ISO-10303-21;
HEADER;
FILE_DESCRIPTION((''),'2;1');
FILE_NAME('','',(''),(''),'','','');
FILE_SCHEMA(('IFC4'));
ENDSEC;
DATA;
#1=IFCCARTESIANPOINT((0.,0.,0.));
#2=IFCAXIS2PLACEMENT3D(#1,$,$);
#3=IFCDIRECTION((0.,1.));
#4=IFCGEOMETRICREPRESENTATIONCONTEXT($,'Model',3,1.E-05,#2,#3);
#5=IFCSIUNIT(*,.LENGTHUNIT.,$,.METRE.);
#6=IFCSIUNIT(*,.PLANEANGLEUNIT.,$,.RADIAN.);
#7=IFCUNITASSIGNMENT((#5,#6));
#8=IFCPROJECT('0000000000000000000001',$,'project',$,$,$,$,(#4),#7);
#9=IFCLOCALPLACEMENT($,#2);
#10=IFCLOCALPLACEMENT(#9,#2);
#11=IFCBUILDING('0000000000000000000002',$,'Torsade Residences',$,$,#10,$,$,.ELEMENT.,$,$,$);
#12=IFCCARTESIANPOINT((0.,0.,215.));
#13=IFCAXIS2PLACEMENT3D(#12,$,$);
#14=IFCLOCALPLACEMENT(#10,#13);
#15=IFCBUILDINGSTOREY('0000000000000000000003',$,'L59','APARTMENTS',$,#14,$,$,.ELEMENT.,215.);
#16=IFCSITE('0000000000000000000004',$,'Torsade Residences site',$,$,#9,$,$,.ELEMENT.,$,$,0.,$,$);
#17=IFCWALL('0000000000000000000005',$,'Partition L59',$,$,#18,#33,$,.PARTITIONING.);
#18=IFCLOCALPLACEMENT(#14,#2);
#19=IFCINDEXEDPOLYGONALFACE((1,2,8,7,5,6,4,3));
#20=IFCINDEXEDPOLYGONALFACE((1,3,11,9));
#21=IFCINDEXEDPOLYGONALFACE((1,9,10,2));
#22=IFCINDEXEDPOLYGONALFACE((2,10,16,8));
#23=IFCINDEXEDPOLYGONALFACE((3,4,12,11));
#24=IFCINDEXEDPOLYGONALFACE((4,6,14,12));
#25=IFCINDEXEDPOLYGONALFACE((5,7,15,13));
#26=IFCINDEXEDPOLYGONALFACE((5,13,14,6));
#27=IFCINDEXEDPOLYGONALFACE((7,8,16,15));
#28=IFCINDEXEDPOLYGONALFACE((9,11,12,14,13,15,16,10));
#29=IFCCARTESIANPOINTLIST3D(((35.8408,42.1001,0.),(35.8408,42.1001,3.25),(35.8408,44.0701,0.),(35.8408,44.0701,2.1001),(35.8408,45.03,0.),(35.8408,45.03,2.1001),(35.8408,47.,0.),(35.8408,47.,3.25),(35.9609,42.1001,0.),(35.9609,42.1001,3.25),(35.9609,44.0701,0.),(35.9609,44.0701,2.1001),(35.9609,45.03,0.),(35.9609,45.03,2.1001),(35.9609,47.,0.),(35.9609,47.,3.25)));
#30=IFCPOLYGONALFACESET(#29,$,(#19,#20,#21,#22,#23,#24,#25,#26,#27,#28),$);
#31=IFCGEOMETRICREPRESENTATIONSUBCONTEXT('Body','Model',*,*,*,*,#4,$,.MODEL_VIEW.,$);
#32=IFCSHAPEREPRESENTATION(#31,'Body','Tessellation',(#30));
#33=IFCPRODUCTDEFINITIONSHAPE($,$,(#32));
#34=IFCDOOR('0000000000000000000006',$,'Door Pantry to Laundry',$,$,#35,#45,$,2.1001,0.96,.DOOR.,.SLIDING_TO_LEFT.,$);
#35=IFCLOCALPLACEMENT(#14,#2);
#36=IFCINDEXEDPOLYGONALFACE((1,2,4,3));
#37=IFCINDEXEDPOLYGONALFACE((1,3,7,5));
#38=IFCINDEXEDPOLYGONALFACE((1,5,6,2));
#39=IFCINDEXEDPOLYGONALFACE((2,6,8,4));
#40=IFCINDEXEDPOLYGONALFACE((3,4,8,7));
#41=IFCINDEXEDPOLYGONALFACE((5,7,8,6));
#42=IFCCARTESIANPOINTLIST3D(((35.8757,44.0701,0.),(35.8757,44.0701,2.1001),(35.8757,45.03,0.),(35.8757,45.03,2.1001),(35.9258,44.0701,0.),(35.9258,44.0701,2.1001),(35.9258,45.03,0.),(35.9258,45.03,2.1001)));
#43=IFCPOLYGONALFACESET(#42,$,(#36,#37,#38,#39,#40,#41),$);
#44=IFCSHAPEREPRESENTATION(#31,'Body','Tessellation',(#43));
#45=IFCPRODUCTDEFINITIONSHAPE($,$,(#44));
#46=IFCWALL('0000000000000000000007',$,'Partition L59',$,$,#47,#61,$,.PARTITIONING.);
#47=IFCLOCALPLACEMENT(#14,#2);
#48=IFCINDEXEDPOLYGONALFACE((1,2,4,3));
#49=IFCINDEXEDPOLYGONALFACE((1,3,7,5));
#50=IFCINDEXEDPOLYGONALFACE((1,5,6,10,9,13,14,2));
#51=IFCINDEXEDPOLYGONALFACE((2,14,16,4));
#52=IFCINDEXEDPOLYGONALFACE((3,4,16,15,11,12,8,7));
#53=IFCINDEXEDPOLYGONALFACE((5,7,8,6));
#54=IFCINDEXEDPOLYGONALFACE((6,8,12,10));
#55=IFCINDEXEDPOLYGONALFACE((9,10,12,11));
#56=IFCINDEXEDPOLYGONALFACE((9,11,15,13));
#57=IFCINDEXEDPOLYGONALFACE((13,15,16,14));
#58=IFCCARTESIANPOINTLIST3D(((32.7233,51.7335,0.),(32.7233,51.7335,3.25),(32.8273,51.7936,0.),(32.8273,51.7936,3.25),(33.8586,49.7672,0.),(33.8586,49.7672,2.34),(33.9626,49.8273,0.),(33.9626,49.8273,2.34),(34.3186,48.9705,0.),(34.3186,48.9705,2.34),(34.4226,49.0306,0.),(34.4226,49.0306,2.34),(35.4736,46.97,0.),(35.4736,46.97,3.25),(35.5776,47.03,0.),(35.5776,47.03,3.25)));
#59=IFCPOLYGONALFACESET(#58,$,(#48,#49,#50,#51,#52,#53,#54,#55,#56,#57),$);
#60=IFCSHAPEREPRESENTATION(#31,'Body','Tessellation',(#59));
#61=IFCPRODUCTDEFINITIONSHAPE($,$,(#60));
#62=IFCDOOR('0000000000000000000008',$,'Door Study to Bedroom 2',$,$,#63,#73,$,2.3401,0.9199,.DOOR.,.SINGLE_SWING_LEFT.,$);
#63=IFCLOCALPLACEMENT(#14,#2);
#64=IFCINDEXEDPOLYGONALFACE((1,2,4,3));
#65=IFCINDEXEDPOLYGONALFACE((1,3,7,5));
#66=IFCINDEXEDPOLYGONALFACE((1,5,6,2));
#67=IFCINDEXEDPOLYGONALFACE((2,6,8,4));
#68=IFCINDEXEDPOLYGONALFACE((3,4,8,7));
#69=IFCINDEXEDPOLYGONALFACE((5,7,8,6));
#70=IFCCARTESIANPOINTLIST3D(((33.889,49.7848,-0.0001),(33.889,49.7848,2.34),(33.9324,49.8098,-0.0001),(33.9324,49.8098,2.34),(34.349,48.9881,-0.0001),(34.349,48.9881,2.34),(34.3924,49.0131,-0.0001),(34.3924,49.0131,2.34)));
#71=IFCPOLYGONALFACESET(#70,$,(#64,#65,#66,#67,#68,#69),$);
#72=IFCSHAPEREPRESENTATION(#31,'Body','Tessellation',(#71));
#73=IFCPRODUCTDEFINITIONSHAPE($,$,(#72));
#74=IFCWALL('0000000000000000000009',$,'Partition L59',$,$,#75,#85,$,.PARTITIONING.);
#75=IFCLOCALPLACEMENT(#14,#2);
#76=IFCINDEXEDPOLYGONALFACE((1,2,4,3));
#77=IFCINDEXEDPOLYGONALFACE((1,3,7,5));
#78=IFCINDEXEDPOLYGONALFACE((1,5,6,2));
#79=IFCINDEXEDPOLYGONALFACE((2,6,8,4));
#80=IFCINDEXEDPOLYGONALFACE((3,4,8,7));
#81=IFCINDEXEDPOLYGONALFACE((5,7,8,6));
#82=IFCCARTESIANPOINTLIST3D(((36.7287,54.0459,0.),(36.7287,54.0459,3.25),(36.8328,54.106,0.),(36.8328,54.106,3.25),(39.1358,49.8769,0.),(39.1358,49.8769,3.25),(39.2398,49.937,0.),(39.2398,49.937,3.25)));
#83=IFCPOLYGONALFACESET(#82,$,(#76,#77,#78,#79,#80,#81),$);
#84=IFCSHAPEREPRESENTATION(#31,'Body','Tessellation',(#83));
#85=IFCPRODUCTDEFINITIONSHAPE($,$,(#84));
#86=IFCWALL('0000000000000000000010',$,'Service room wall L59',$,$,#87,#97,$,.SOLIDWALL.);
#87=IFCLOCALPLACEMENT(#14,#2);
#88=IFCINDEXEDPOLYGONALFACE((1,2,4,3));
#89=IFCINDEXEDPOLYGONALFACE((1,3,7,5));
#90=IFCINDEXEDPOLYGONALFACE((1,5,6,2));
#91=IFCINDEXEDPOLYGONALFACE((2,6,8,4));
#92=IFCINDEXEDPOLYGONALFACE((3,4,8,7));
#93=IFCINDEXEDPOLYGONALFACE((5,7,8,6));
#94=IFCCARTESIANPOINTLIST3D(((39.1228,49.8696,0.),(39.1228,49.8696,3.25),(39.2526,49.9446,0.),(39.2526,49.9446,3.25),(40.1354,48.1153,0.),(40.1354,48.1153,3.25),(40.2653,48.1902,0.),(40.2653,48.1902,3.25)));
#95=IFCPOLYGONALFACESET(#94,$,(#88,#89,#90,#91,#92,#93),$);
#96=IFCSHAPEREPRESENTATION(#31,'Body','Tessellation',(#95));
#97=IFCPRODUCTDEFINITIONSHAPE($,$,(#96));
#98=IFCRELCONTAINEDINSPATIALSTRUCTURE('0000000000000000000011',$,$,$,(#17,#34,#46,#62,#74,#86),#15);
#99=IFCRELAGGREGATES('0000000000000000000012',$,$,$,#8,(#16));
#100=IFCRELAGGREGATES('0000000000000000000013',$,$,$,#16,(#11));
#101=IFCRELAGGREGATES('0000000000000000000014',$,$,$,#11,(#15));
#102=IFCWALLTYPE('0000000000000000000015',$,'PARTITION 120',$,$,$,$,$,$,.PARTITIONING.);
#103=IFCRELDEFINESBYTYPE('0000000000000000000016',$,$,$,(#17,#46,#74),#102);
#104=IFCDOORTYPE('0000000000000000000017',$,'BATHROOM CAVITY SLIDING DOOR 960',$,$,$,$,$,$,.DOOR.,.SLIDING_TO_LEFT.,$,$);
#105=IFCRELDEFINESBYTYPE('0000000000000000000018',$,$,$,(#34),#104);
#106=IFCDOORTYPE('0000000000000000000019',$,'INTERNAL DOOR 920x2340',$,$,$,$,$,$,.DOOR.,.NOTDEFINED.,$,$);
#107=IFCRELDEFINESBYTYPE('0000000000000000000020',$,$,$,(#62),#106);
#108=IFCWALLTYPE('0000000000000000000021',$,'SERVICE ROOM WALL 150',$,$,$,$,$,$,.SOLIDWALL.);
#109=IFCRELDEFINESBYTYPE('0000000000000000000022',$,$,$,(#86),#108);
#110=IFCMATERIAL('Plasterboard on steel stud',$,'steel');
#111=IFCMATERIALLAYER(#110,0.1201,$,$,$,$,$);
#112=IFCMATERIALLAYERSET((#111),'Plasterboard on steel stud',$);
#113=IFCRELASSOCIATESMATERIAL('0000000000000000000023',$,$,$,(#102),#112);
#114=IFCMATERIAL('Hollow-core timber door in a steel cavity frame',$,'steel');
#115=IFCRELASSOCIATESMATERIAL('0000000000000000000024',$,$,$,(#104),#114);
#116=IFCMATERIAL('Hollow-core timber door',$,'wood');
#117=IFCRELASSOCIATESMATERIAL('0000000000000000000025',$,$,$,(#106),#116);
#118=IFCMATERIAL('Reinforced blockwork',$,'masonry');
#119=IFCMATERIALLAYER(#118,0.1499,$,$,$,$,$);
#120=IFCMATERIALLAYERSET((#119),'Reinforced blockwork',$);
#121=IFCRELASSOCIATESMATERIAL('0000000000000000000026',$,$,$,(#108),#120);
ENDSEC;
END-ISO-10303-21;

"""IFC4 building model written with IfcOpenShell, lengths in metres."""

from ifc_helpers import new_model, si_unit, direction, frame, frame_2d, origin, place, context, subcontext, project, spatial, rectangle, extrude, material, layer, layer_set, type_object, element, fill, save


model = new_model("IFC4")

# Units and contexts
model_context = context("Model", 3, precision=1e-05, world=origin(), true_north=direction((0.0, 1.0)))
body_context = subcontext(model_context, "Body", "Model", "MODEL_VIEW")
ifc_project = project(units=[si_unit("LENGTHUNIT", "METRE"), si_unit("PLANEANGLEUNIT", "RADIAN")], contexts=[model_context])

# Site, building, storey
site_placement = place(None, origin())
site = spatial("IfcSite", under=ifc_project, at=site_placement, Name="Torsade Residences site", CompositionType="ELEMENT", RefElevation=0.0)
building_placement = place(site_placement, origin())
building = spatial("IfcBuilding", under=site, at=building_placement, Name="Torsade Residences", CompositionType="ELEMENT")
storey_placement = place(building_placement, frame((0.0, 0.0, 215.0)))
storey = spatial("IfcBuildingStorey", under=building, at=storey_placement, Name="L59", Description="APARTMENTS", CompositionType="ELEMENT", Elevation=215.0)

# Walls, openings, doors
ifc_material_1 = material(Name="Plasterboard on steel stud", Category="steel")
ifc_layer_1 = layer(ifc_material_1, 0.1201)
ifc_layer_set_1 = layer_set([ifc_layer_1], Name="Plasterboard on steel stud")
wall_type_1 = type_object("IfcWallType", Name="PARTITION 120", PredefinedType="PARTITIONING", material=ifc_layer_set_1)
wall_1_placement = place(storey_placement, frame((35.9009, 47.0, 0.0), z_axis=(0.0, 0.0, 1.0), x_axis=(0.0, -1.0, 0.0)))
wall_1 = element("IfcWall", 1, at=wall_1_placement, inside=storey, type_object=wall_type_1, Name="Partition L59", PredefinedType="PARTITIONING", context=body_context, shape_type="SweptSolid", body=[
    extrude(rectangle(XDim=4.8999, YDim=0.1201, at=frame_2d((2.45, 0.0))), origin(), (0.0, 0.0, 1.0), 3.25),
])
opening_1_placement = place(wall_1_placement, frame((1.97, 0.0, 0.0)))
opening_1 = element("IfcOpeningElement", 2, at=opening_1_placement, cuts=wall_1, PredefinedType="OPENING", context=body_context, shape_type="SweptSolid", body=[
    extrude(rectangle(XDim=0.96, YDim=2.1001, at=frame_2d((0.48, 1.05))), frame((0.0, 0.0701, 0.0), z_axis=(0.0, -1.0, 0.0), x_axis=(1.0, 0.0, 0.0)), (0.0, 0.0, 1.0), 0.1401),
])
ifc_material_2 = material(Name="Hollow-core timber door in a steel cavity frame", Category="steel")
door_type_1 = type_object("IfcDoorType", Name="BATHROOM CAVITY SLIDING DOOR 960", OperationType="SLIDING_TO_LEFT", PredefinedType="DOOR", material=ifc_material_2)
door_1_placement = place(opening_1_placement, origin())
door_1 = element("IfcDoor", 3, at=door_1_placement, inside=storey, type_object=door_type_1, Name="Door Pantry to Laundry", OperationType="SLIDING_TO_LEFT", OverallHeight=2.1001, OverallWidth=0.96, PredefinedType="DOOR", context=body_context, shape_type="SweptSolid", body=[
    extrude(rectangle(XDim=0.96, YDim=2.1001, at=frame_2d((0.48, 1.05))), frame((0.0, 0.0249, 0.0), z_axis=(0.0, -1.0, 0.0), x_axis=(1.0, 0.0, 0.0)), (0.0, 0.0, 1.0), 0.05),
])
fill(opening_1, door_1)
wall_2_placement = place(storey_placement, frame((35.5256, 47.0, 0.0), z_axis=(0.0, 0.0, 1.0), x_axis=(-0.500011, 0.866019, 0.0)))
wall_2 = element("IfcWall", 4, at=wall_2_placement, inside=storey, type_object=wall_type_1, Name="Partition L59", PredefinedType="PARTITIONING", context=body_context, shape_type="SweptSolid", body=[
    extrude(rectangle(XDim=5.5005, YDim=0.1201, at=frame_2d((2.7502, 0.0))), origin(), (0.0, 0.0, 1.0), 3.25),
])
opening_2_placement = place(wall_2_placement, frame((2.3101, 0.0, 0.0)))
opening_2 = element("IfcOpeningElement", 5, at=opening_2_placement, cuts=wall_2, PredefinedType="OPENING", context=body_context, shape_type="SweptSolid", body=[
    extrude(rectangle(XDim=0.9199, YDim=2.3401, at=frame_2d((0.46, 1.1699))), frame((0.0, 0.0701, 0.0), z_axis=(0.0, -1.0, 0.0), x_axis=(1.0, 0.0, 0.0)), (0.0, 0.0, 1.0), 0.1401),
])
ifc_material_3 = material(Name="Hollow-core timber door", Category="wood")
door_type_2 = type_object("IfcDoorType", Name="INTERNAL DOOR 920x2340", OperationType="NOTDEFINED", PredefinedType="DOOR", material=ifc_material_3)
door_2_placement = place(opening_2_placement, origin())
door_2 = element("IfcDoor", 6, at=door_2_placement, inside=storey, type_object=door_type_2, Name="Door Study to Bedroom 2", OperationType="SINGLE_SWING_LEFT", OverallHeight=2.3401, OverallWidth=0.9199, PredefinedType="DOOR", context=body_context, shape_type="SweptSolid", body=[
    extrude(rectangle(XDim=0.9199, YDim=2.3401, at=frame_2d((0.46, 1.1699))), frame((0.0, 0.0249, 0.0), z_axis=(0.0, -1.0, 0.0), x_axis=(1.0, 0.0, 0.0)), (0.0, 0.0, 1.0), 0.05),
])
fill(opening_2, door_2)

# Walls
wall_3_placement = place(storey_placement, frame((36.7808, 54.0759, 0.0), z_axis=(0.0, 0.0, 1.0), x_axis=(0.500006, -0.866022, 0.0)))
element("IfcWall", 7, at=wall_3_placement, inside=storey, type_object=wall_type_1, Name="Partition L59", PredefinedType="PARTITIONING", context=body_context, shape_type="SweptSolid", body=[
    extrude(rectangle(XDim=4.814, YDim=0.1201, at=frame_2d((2.407, 0.0))), origin(), (0.0, 0.0, 1.0), 3.25),
])
ifc_material_4 = material(Name="Reinforced blockwork", Category="masonry")
ifc_layer_2 = layer(ifc_material_4, 0.1499)
ifc_layer_set_2 = layer_set([ifc_layer_2], Name="Reinforced blockwork")
wall_type_2 = type_object("IfcWallType", Name="SERVICE ROOM WALL 150", PredefinedType="SOLIDWALL", material=ifc_layer_set_2)
wall_4_placement = place(storey_placement, frame((39.1877, 49.907, 0.0), z_axis=(0.0, 0.0, 1.0), x_axis=(0.499924, -0.866069, 0.0)))
element("IfcWall", 8, at=wall_4_placement, inside=storey, type_object=wall_type_2, Name="Service room wall L59", PredefinedType="SOLIDWALL", context=body_context, shape_type="SweptSolid", body=[
    extrude(rectangle(XDim=2.0256, YDim=0.1499, at=frame_2d((1.0127, 0.0))), origin(), (0.0, 0.0, 1.0), 3.25),
])

save(model, "model.ifc")
